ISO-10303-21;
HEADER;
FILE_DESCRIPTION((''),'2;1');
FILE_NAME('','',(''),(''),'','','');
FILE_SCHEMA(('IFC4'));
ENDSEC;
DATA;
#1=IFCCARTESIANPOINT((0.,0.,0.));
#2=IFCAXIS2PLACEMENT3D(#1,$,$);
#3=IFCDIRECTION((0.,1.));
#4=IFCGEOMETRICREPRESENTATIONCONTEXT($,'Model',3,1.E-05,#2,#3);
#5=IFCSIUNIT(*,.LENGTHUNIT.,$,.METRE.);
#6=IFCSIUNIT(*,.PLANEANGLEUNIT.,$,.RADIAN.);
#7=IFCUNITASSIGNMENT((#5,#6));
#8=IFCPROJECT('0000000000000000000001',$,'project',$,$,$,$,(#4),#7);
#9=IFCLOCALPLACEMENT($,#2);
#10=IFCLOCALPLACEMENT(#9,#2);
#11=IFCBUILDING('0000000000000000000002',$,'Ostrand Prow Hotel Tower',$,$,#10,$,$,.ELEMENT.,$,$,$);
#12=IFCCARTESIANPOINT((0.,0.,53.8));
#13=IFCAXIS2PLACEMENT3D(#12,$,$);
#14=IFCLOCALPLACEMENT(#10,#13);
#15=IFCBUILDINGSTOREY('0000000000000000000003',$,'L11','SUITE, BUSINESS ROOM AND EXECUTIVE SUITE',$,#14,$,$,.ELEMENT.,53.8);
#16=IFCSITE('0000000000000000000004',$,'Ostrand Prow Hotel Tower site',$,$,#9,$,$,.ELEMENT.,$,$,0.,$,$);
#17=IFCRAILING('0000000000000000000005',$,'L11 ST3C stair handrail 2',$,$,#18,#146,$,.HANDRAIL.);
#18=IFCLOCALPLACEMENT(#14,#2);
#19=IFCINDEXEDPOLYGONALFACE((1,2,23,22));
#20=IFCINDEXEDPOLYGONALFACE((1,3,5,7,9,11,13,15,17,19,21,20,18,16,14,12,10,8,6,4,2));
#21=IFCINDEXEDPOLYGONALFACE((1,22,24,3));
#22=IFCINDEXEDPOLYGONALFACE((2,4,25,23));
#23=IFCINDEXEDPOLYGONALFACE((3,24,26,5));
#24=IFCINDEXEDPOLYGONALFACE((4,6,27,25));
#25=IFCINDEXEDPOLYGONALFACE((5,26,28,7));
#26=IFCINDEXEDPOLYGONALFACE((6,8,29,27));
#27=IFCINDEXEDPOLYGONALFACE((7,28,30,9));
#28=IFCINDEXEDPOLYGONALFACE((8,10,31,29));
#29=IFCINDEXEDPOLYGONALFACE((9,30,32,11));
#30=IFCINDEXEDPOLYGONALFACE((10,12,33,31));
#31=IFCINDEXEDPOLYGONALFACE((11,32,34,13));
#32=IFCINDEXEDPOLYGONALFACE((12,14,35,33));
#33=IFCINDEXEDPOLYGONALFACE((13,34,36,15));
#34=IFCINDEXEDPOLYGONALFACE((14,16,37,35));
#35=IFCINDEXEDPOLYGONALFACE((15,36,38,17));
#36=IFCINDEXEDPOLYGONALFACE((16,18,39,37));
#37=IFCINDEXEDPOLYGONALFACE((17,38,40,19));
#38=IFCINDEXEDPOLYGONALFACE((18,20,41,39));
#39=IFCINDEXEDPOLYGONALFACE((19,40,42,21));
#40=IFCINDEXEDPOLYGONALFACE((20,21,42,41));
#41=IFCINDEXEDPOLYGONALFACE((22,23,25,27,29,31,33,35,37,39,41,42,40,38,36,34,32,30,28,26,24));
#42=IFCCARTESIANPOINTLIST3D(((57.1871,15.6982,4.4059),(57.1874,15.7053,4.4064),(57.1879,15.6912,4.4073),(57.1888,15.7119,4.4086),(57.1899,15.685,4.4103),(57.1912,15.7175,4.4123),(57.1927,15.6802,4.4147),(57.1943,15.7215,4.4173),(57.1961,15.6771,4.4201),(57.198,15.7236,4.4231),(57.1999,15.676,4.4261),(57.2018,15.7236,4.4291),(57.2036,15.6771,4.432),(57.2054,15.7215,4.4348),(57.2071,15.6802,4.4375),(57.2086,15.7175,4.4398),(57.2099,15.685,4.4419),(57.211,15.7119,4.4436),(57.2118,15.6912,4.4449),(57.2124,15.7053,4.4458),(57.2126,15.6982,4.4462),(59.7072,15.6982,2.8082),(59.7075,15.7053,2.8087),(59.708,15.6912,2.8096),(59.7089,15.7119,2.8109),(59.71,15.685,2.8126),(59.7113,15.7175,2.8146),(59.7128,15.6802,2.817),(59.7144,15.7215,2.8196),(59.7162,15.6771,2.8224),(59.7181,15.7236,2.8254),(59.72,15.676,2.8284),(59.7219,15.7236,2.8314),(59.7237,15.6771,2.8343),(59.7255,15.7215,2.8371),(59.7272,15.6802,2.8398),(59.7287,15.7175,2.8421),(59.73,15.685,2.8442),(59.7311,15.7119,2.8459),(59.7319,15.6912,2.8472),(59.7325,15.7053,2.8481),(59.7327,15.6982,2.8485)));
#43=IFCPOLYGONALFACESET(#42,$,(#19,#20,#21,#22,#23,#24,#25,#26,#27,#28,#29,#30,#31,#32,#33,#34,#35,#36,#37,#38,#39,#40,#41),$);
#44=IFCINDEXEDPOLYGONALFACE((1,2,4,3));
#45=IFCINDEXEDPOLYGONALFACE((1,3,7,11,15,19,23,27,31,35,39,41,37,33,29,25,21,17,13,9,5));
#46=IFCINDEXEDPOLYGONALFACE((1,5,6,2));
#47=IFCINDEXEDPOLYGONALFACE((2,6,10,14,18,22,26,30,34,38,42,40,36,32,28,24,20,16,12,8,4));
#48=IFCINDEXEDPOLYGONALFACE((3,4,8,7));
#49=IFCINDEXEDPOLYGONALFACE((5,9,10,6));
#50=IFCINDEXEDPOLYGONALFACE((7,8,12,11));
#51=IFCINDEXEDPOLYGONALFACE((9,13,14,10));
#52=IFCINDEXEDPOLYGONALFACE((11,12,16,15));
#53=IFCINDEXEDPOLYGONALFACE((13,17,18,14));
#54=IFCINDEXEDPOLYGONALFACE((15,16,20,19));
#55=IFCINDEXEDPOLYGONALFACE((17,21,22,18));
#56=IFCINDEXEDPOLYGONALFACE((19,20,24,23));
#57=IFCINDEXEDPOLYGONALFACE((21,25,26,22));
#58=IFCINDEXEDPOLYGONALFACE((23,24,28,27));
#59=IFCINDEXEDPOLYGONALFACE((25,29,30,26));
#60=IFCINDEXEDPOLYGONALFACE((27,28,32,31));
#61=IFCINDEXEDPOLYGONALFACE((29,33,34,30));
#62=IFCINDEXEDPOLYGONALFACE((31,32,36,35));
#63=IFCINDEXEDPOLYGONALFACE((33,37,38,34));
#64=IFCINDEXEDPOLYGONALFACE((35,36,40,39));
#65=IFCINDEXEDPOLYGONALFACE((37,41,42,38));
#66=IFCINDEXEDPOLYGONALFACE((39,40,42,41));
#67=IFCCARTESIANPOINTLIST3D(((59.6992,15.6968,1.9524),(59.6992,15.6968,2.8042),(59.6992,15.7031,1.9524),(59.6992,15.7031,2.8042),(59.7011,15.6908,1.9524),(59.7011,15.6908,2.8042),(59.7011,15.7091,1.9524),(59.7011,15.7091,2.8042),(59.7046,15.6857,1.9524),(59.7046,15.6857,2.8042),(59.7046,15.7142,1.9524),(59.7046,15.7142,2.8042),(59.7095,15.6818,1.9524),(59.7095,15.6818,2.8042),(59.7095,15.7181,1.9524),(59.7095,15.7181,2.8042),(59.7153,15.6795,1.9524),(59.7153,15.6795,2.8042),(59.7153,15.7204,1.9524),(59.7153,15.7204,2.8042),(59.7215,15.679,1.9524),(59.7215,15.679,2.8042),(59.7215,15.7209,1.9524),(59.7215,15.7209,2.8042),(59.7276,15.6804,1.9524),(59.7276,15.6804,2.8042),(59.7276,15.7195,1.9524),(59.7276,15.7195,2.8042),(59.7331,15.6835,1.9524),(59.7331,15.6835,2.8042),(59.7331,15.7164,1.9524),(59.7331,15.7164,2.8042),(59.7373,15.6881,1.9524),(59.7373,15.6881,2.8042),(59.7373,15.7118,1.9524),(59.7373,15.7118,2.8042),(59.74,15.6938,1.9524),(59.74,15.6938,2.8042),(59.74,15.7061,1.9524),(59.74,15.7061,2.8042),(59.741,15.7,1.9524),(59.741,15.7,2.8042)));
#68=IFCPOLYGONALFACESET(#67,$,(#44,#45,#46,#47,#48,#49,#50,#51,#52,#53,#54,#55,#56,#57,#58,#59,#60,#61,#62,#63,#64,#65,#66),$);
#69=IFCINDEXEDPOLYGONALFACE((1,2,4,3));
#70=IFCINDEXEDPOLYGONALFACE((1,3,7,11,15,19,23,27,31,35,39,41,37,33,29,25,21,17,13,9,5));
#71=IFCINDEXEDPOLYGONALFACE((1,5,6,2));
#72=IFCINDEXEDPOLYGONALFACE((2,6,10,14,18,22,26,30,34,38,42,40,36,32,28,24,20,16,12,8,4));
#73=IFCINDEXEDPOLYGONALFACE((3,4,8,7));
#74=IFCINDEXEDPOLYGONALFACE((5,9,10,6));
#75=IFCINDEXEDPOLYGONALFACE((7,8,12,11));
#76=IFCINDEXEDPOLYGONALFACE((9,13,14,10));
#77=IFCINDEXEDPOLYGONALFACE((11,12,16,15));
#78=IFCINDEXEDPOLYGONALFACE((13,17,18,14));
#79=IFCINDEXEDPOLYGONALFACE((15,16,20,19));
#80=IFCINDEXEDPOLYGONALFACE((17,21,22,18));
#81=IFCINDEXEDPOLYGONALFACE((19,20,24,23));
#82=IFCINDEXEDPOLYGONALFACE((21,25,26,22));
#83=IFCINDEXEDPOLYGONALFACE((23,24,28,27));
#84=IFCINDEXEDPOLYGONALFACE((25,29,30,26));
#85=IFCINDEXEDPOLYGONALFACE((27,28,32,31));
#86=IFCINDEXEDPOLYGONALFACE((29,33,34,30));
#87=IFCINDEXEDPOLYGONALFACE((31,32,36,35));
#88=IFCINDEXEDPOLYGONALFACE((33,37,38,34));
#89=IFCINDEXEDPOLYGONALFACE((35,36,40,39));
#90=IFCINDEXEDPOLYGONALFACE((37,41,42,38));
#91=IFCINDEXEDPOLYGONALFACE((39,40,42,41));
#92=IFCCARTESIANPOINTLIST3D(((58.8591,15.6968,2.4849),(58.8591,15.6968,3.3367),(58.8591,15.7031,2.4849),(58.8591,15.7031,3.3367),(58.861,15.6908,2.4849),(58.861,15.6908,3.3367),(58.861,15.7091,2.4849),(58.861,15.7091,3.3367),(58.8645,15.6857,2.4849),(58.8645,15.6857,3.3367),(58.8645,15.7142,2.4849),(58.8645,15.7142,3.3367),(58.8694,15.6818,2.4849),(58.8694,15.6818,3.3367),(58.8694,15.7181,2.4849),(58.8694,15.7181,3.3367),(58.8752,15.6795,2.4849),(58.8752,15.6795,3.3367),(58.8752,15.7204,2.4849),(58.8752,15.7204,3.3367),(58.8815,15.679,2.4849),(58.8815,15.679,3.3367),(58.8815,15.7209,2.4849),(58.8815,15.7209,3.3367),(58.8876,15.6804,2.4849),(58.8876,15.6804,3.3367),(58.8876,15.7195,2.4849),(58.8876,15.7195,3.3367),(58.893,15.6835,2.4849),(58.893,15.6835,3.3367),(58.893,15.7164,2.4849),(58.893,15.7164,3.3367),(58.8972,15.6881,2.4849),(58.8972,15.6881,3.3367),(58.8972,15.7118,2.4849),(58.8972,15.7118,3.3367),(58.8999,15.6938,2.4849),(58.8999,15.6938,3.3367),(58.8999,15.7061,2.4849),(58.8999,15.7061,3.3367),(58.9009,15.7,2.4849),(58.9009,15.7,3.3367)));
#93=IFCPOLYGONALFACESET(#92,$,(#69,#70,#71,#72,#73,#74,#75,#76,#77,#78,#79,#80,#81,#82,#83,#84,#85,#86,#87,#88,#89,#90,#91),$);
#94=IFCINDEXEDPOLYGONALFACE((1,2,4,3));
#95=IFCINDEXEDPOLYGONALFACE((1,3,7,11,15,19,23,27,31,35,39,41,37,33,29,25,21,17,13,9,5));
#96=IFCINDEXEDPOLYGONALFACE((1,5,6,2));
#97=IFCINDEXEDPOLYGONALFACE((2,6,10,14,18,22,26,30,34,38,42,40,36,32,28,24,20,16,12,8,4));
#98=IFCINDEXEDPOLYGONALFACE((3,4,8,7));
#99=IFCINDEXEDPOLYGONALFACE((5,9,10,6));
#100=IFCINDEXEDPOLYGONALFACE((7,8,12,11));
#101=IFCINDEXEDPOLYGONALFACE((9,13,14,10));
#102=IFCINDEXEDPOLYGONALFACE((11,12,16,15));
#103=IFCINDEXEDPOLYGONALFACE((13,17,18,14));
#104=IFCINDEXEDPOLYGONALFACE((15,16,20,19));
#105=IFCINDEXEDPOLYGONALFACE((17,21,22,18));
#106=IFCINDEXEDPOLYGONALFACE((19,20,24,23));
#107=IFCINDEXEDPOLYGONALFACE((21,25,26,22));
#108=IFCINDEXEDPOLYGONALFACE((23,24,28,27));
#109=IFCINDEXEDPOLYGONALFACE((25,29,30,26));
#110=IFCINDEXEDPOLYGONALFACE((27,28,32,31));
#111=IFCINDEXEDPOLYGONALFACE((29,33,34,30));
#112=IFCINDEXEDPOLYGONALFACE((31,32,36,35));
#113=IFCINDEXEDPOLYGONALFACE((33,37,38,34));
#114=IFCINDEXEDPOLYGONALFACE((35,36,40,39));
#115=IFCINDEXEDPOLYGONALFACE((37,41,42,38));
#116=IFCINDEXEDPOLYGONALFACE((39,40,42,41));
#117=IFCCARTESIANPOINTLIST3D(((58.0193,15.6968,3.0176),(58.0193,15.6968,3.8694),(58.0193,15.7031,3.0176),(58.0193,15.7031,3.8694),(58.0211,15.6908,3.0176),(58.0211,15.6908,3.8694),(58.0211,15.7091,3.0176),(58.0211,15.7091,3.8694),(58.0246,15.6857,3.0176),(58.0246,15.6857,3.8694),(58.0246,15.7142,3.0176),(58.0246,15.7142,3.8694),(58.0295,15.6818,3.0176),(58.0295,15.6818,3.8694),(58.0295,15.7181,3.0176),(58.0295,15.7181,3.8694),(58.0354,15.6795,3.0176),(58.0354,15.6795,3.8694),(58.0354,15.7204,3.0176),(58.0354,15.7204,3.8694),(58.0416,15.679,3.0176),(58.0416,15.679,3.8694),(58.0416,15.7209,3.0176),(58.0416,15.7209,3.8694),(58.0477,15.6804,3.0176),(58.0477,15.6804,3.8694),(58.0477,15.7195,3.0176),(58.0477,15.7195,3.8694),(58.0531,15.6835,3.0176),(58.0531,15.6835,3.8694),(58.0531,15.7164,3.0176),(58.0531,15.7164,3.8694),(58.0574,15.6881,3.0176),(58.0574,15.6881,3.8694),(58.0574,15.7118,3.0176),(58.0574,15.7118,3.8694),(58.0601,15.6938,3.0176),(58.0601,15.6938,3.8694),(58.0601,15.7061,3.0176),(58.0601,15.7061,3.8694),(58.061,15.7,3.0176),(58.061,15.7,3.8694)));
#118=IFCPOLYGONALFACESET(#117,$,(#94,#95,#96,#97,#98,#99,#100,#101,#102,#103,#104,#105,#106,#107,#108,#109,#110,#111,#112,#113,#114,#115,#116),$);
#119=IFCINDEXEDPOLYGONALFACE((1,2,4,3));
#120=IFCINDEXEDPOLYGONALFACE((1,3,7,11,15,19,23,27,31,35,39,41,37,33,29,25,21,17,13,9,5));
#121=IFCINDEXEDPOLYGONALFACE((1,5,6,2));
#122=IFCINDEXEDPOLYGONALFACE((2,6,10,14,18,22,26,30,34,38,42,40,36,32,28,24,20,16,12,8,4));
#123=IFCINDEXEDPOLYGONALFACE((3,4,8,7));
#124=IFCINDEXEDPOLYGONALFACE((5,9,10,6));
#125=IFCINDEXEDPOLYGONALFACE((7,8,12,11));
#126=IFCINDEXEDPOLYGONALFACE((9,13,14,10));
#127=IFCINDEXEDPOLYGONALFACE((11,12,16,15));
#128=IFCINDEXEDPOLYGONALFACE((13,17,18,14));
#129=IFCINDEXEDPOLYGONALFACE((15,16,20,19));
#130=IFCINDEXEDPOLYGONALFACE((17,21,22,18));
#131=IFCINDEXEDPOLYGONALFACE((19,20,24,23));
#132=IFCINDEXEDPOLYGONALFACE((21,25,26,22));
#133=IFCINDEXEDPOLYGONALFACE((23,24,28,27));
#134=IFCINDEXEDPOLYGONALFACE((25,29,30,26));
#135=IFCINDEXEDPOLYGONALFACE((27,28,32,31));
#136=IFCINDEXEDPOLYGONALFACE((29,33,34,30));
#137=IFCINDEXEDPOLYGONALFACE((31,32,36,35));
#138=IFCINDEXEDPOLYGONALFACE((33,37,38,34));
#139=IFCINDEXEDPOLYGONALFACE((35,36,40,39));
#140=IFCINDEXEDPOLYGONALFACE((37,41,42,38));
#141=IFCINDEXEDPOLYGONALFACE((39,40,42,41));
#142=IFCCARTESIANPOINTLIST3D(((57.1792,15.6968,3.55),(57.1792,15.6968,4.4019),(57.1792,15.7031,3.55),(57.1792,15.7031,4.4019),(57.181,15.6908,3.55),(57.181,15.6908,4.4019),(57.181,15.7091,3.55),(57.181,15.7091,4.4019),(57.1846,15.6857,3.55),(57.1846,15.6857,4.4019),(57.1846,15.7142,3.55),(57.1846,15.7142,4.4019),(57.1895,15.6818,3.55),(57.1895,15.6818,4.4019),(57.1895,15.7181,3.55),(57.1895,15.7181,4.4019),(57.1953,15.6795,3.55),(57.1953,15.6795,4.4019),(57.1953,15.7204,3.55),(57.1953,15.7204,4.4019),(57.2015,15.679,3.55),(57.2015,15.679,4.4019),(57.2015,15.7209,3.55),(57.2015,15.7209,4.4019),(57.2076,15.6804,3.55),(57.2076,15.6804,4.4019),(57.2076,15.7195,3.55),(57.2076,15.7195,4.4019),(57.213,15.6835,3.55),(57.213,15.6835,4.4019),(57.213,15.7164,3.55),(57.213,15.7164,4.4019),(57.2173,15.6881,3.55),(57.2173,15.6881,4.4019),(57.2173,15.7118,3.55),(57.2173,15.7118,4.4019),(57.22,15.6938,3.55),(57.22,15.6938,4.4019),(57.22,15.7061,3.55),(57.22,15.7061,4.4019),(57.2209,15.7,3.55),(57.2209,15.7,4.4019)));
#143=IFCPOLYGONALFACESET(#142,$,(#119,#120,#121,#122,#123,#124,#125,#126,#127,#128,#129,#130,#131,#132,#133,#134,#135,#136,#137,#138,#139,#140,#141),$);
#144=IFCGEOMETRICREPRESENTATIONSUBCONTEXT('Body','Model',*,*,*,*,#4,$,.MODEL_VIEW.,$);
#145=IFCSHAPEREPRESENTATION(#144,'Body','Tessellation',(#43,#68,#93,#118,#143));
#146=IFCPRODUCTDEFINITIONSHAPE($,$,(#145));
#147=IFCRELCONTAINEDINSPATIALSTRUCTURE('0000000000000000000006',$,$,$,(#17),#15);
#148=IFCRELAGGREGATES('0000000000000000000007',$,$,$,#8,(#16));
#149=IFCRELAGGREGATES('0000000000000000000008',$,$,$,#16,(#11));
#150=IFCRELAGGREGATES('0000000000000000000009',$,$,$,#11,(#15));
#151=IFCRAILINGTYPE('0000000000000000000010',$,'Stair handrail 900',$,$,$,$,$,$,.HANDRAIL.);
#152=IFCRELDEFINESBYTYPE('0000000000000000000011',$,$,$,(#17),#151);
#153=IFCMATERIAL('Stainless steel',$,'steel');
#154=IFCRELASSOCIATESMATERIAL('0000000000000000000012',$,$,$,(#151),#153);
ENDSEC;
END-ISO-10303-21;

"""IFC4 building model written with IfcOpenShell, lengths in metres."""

from ifc_helpers import new_model, si_unit, direction, frame, origin, origin_2d, place, context, subcontext, project, spatial, circle, extrude, material, type_object, element, save


model = new_model("IFC4")

# Units and contexts
model_context = context("Model", 3, precision=1e-05, world=origin(), true_north=direction((0.0, 1.0)))
body_context = subcontext(model_context, "Body", "Model", "MODEL_VIEW")
ifc_project = project(units=[si_unit("LENGTHUNIT", "METRE"), si_unit("PLANEANGLEUNIT", "RADIAN")], contexts=[model_context])

# Site, building, storey
site_placement = place(None, origin())
site = spatial("IfcSite", under=ifc_project, at=site_placement, Name="Ostrand Prow Hotel Tower site", CompositionType="ELEMENT", RefElevation=0.0)
building_placement = place(site_placement, origin())
building = spatial("IfcBuilding", under=site, at=building_placement, Name="Ostrand Prow Hotel Tower", CompositionType="ELEMENT")
storey_placement = place(building_placement, frame((0.0, 0.0, 53.8)))
storey = spatial("IfcBuildingStorey", under=building, at=storey_placement, Name="L11", Description="SUITE, BUSINESS ROOM AND EXECUTIVE SUITE", CompositionType="ELEMENT", Elevation=53.8)

# Railing
ifc_material_1 = material(Name="Stainless steel", Category="steel")
railing_type_1 = type_object("IfcRailingType", Name="Stair handrail 900", PredefinedType="HANDRAIL", material=ifc_material_1)
railing_1_placement = place(storey_placement, frame((59.72, 15.7, 1.9524)))
element("IfcRailing", 1, at=railing_1_placement, inside=storey, type_object=railing_type_1, Name="L11 ST3C stair handrail 2", PredefinedType="HANDRAIL", context=body_context, shape_type="SweptSolid", body=[
    extrude(circle(Radius=0.0239, at=origin_2d()), frame((0.0, 0.0, 0.876), z_axis=(-0.84457, 0.0, 0.535445), x_axis=(0.0, -1.0, 0.0)), (0.0, 0.0, 1.0), 2.9839),
    extrude(circle(Radius=0.021, at=origin_2d()), origin(), (0.0, 0.0, 1.0), 0.8518),
    extrude(circle(Radius=0.021, at=origin_2d()), frame((-0.8401, 0.0, 0.5325)), (0.0, 0.0, 1.0), 0.8518),
    extrude(circle(Radius=0.021, at=origin_2d()), frame((-1.6799, 0.0, 1.0652)), (0.0, 0.0, 1.0), 0.8518),
    extrude(circle(Radius=0.021, at=origin_2d()), frame((-2.52, 0.0, 1.5977)), (0.0, 0.0, 1.0), 0.8518),
])

save(model, "model.ifc")
